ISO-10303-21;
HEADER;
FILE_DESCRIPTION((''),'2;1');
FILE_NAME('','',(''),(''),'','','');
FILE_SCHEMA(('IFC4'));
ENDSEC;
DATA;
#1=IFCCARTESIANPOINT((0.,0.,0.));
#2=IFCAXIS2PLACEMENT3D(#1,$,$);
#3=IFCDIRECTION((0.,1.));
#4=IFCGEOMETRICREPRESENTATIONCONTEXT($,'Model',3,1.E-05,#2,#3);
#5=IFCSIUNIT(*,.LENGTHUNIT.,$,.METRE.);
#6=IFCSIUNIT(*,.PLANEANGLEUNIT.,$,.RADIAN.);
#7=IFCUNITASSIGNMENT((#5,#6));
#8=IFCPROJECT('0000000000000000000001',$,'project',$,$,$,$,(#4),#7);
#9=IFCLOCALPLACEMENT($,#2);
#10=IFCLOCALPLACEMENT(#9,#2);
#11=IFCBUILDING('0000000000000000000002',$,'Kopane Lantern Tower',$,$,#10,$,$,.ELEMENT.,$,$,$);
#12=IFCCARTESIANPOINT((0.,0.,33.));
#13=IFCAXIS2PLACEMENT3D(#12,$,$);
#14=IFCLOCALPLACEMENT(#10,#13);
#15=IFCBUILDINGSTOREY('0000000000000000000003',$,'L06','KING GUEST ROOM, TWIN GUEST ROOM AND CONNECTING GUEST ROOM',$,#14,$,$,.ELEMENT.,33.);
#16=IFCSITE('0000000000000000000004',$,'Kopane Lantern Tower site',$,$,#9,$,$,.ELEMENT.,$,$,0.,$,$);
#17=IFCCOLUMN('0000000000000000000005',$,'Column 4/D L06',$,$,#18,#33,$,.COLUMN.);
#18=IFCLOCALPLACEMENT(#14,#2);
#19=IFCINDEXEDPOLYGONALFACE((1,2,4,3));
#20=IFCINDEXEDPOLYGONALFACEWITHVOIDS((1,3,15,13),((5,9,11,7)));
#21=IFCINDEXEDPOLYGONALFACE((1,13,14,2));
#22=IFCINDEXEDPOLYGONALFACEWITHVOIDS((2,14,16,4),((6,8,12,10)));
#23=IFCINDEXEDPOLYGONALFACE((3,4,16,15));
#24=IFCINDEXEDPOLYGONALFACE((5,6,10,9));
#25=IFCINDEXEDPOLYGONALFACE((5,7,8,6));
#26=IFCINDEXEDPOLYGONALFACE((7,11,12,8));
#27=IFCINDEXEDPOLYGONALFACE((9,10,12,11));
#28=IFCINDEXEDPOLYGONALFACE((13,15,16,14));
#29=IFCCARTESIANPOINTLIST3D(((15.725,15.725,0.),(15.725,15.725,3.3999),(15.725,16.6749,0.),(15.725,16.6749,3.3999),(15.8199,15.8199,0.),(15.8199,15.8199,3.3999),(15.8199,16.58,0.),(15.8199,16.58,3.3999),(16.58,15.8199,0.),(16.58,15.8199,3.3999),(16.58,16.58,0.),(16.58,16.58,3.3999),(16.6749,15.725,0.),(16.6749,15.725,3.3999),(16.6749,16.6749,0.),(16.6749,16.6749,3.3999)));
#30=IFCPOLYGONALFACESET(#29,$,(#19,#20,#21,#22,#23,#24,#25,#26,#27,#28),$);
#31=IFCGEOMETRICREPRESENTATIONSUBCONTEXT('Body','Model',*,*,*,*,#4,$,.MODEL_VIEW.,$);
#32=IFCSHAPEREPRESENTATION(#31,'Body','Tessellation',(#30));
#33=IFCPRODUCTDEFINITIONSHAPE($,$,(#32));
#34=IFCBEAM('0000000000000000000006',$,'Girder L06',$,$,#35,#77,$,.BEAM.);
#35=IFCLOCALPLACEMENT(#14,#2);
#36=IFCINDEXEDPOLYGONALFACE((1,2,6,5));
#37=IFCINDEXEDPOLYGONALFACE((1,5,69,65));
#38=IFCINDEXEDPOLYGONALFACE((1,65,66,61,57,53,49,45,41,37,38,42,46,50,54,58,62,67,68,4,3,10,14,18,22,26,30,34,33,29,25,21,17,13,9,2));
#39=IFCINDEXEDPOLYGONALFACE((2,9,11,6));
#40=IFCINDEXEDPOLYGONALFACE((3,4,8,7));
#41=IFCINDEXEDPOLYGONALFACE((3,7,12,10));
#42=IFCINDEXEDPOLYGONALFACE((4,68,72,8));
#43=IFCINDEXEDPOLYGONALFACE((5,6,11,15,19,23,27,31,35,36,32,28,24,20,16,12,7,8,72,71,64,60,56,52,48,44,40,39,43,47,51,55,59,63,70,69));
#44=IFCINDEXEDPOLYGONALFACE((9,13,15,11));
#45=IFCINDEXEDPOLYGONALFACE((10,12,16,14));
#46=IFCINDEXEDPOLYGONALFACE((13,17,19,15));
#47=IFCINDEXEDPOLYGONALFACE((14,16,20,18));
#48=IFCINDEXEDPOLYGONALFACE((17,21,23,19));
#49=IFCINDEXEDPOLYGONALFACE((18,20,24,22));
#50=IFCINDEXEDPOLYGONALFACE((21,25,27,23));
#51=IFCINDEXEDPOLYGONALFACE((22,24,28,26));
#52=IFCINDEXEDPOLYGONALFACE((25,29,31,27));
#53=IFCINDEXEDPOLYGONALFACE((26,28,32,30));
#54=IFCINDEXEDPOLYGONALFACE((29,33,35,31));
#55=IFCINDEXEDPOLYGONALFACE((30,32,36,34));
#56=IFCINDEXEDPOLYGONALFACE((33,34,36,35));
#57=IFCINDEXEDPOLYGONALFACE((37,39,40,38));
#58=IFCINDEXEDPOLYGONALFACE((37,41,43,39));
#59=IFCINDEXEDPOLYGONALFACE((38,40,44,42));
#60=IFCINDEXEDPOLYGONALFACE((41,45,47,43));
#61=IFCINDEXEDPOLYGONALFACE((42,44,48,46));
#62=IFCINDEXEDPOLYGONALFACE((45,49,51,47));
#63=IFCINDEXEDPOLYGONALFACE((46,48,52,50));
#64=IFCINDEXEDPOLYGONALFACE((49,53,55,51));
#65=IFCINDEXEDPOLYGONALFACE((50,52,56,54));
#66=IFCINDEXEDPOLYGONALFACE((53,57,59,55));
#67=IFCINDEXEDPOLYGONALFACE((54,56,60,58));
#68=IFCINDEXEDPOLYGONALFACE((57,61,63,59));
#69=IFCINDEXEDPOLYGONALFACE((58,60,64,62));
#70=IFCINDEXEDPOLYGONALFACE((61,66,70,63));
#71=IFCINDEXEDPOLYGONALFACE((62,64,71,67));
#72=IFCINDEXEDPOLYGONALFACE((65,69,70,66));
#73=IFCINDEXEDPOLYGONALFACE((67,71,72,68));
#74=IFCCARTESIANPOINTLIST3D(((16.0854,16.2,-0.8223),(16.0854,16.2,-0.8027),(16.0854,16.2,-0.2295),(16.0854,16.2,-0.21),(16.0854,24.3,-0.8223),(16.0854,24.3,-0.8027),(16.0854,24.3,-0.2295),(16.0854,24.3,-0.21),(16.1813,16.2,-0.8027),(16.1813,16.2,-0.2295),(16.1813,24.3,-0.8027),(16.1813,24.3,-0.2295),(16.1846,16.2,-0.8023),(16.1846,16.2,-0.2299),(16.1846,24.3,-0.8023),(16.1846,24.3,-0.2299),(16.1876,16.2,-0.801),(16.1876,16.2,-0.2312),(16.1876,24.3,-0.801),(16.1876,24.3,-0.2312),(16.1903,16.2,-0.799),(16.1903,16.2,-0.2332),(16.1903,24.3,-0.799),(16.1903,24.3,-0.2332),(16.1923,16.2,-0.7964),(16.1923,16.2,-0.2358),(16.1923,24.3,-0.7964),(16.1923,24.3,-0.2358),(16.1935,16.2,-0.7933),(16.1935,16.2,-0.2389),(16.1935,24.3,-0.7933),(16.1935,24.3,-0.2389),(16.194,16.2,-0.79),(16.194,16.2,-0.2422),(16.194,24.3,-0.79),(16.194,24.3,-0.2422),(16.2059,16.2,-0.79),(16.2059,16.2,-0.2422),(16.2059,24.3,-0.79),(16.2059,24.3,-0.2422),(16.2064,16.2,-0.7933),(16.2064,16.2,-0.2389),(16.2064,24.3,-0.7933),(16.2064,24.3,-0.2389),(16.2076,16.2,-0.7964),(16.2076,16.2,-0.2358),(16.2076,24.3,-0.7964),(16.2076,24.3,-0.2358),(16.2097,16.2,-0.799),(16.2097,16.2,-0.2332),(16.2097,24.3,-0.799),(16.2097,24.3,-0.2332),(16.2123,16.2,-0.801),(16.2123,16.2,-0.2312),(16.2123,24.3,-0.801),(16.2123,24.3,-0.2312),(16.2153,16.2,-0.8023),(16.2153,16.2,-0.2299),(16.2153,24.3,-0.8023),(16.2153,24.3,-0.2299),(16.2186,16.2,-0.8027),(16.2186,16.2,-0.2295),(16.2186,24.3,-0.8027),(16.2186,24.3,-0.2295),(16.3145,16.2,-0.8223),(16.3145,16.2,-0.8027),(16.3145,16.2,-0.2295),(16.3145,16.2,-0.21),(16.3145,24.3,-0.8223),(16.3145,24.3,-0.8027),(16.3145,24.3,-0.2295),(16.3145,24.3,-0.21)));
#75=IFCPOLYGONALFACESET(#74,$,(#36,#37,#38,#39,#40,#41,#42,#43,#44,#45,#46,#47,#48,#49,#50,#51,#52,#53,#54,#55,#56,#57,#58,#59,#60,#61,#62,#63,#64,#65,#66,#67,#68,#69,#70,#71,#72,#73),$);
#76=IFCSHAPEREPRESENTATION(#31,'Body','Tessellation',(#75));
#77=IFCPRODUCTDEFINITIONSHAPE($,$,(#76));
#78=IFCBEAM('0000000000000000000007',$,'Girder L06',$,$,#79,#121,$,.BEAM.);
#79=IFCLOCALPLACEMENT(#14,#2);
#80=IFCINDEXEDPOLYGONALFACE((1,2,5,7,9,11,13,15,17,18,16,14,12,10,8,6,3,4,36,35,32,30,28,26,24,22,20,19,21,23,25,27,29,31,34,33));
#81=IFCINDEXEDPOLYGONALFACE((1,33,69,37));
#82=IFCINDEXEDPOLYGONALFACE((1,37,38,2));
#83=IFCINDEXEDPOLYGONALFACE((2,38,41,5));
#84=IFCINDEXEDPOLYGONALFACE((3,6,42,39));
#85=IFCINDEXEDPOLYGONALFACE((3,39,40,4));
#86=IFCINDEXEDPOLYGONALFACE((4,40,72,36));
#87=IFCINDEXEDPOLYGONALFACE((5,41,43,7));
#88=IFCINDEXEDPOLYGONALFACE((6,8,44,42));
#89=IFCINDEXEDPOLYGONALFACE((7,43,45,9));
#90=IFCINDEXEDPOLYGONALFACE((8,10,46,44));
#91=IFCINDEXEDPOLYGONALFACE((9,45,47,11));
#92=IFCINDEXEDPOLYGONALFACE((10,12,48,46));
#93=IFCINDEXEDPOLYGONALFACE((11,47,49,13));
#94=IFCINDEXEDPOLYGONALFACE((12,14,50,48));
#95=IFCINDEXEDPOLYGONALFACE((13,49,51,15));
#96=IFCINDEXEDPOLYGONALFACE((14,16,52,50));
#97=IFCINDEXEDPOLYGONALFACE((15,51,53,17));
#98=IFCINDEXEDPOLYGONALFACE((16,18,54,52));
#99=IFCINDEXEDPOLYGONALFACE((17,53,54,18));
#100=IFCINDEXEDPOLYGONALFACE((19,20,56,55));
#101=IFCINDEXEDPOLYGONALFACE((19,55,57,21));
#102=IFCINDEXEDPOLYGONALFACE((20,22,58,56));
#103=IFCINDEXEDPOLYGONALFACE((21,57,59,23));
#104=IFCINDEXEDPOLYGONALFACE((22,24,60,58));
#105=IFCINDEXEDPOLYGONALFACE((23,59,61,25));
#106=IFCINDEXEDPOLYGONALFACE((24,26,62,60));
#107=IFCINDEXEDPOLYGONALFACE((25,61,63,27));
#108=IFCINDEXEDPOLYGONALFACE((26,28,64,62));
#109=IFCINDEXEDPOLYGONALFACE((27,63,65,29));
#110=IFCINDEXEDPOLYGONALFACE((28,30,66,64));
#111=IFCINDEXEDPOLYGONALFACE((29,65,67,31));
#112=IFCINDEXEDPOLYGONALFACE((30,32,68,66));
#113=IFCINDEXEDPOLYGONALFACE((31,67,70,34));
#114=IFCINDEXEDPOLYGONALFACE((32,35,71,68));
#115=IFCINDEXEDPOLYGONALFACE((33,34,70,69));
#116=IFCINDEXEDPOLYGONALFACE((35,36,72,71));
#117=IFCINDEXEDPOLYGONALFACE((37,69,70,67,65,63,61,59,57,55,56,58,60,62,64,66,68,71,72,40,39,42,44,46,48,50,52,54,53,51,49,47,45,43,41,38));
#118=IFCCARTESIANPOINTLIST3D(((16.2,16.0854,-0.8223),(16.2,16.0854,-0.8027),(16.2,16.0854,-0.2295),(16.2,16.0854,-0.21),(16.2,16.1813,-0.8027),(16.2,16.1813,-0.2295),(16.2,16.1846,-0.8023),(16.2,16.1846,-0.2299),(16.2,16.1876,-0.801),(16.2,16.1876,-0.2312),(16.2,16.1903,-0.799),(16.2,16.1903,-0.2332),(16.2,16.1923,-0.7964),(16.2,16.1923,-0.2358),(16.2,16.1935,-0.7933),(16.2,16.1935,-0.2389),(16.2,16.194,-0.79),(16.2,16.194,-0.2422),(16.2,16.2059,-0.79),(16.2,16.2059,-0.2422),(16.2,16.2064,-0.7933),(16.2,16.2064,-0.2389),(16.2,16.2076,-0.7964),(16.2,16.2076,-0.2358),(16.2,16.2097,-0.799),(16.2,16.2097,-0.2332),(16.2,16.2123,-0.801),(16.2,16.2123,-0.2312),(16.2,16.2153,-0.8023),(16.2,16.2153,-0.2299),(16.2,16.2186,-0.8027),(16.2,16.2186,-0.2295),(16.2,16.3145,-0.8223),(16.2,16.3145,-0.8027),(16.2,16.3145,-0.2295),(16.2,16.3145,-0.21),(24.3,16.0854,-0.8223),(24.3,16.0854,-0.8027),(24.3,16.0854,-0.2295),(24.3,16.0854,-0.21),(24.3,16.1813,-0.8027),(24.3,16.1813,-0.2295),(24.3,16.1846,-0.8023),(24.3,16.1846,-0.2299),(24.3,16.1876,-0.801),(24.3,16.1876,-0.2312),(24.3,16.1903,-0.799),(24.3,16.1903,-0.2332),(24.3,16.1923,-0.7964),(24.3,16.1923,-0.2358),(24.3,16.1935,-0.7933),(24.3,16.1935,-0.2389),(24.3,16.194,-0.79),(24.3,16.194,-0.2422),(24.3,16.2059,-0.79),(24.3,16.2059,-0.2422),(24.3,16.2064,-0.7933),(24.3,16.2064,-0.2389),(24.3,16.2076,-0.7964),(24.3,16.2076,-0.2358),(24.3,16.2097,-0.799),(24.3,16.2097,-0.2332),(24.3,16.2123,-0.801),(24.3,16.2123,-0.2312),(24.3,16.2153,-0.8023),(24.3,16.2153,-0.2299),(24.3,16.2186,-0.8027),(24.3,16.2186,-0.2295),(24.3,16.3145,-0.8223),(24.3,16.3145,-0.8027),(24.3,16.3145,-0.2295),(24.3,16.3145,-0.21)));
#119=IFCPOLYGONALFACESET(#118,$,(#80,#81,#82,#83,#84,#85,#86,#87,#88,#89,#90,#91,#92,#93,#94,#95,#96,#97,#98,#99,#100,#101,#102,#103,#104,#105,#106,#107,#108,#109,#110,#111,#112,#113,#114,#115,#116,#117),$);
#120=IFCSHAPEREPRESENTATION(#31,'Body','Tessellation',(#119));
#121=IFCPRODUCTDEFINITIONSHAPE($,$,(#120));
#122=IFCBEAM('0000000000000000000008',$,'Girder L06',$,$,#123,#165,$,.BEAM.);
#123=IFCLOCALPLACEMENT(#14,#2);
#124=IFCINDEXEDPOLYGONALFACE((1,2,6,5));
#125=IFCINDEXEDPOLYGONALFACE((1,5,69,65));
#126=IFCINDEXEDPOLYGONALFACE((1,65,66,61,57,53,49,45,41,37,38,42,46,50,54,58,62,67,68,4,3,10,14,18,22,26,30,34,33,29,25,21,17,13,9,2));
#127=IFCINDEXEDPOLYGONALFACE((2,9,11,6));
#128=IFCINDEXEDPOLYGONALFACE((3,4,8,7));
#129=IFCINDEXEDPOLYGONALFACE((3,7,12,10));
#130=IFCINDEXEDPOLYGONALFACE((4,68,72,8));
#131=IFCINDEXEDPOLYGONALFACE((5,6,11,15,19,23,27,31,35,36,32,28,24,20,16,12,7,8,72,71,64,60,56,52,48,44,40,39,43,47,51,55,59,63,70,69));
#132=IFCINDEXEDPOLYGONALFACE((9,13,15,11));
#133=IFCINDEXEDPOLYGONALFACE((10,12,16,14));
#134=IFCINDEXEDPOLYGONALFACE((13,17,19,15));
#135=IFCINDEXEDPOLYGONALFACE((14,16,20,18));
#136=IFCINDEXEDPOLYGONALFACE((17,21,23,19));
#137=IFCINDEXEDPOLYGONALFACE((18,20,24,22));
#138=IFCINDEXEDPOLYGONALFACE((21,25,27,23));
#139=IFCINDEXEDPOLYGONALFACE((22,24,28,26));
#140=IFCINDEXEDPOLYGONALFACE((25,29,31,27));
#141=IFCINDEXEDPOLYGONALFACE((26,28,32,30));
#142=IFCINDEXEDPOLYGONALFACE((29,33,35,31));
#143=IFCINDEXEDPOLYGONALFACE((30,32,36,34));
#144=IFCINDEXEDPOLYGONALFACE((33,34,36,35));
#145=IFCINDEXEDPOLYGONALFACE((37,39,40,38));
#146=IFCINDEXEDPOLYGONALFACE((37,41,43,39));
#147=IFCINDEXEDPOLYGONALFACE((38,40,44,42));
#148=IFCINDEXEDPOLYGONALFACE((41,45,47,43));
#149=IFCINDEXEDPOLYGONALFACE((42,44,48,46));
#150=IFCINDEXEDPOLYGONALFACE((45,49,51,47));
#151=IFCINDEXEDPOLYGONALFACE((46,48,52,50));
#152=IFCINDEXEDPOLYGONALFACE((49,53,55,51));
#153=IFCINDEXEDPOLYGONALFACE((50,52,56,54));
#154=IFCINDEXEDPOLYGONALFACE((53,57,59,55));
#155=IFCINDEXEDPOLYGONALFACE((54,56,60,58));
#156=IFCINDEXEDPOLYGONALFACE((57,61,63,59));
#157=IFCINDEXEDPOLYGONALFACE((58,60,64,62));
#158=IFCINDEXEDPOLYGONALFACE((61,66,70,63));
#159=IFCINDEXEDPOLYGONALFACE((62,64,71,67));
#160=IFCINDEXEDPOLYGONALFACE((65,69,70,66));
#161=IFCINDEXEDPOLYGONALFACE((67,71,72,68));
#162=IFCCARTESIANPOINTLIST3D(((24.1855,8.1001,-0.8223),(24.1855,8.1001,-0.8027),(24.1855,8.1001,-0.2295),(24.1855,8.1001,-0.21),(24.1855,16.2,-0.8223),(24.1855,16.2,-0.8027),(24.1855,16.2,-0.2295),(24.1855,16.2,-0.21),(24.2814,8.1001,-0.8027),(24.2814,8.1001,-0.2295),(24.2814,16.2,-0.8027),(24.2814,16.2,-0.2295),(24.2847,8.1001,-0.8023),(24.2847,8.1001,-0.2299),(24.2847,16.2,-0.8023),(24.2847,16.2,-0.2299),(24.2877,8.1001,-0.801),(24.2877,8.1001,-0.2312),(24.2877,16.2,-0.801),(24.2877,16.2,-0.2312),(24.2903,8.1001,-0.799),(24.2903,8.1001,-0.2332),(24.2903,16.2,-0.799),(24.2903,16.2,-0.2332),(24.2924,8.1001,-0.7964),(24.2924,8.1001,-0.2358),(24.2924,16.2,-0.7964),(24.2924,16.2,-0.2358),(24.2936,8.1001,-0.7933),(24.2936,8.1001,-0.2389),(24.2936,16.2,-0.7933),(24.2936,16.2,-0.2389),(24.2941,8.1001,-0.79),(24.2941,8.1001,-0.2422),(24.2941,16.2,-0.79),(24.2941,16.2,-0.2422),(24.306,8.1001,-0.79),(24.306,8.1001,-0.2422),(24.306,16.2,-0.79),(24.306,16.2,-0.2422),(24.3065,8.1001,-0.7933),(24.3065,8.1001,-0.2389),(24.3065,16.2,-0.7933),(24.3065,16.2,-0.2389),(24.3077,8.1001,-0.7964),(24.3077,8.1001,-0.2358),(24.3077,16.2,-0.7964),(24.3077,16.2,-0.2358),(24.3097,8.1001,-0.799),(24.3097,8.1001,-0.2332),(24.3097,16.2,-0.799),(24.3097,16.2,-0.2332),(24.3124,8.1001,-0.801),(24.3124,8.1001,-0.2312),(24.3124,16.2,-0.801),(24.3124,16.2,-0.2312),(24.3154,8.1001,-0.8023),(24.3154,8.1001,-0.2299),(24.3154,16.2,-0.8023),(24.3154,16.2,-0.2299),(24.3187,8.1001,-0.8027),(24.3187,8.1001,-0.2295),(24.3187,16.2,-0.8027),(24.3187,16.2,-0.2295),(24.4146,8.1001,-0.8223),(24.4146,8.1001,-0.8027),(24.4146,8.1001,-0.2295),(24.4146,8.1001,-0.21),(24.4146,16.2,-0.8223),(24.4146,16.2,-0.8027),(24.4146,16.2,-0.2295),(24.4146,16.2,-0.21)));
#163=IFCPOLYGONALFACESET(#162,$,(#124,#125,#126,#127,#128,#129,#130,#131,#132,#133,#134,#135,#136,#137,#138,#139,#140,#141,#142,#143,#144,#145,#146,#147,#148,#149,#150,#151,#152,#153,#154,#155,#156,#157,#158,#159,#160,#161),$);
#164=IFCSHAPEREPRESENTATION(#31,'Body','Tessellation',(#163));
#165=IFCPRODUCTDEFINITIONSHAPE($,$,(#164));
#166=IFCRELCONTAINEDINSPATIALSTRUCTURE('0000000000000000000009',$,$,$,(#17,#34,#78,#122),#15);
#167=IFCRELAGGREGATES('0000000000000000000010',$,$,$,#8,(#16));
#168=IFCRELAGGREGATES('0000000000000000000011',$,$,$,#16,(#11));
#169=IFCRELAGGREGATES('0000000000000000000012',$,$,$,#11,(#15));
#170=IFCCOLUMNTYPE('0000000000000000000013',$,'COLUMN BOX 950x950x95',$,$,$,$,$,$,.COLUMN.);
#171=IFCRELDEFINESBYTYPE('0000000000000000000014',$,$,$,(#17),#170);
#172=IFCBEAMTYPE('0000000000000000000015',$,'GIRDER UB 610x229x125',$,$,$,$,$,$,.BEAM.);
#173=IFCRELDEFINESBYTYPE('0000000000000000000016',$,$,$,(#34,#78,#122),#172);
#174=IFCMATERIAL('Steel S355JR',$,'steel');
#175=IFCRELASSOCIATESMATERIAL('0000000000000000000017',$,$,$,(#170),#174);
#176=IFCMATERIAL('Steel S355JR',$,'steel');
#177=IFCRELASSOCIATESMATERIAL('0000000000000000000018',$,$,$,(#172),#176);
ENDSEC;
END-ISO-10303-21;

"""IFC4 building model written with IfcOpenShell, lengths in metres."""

from ifc_helpers import new_model, si_unit, direction, frame, origin, origin_2d, place, context, subcontext, project, spatial, hollow_rectangle, i_section, extrude, material, material_profile, profile_set, type_object, element, save


model = new_model("IFC4")

# Units and contexts
model_context = context("Model", 3, precision=1e-05, world=origin(), true_north=direction((0.0, 1.0)))
body_context = subcontext(model_context, "Body", "Model", "MODEL_VIEW")
ifc_project = project(units=[si_unit("LENGTHUNIT", "METRE"), si_unit("PLANEANGLEUNIT", "RADIAN")], contexts=[model_context])

# Site, building, storey
site_placement = place(None, origin())
site = spatial("IfcSite", under=ifc_project, at=site_placement, Name="Kopane Lantern Tower site", CompositionType="ELEMENT", RefElevation=0.0)
building_placement = place(site_placement, origin())
building = spatial("IfcBuilding", under=site, at=building_placement, Name="Kopane Lantern Tower", CompositionType="ELEMENT")
storey_placement = place(building_placement, frame((0.0, 0.0, 33.0)))
storey = spatial("IfcBuildingStorey", under=building, at=storey_placement, Name="L06", Description="KING GUEST ROOM, TWIN GUEST ROOM AND CONNECTING GUEST ROOM", CompositionType="ELEMENT", Elevation=33.0)

# Column
ifc_material_1 = material(Name="Steel S355JR", Category="steel")
ifc_material_profile_1 = material_profile(ifc_material_1, hollow_rectangle(XDim=0.95, YDim=0.95, WallThickness=0.095, at=origin_2d()), Name="BOX 950x950x95")
ifc_profile_set_1 = profile_set([ifc_material_profile_1], Name="Steel S355JR")
column_type = type_object("IfcColumnType", Name="COLUMN BOX 950x950x95", PredefinedType="COLUMN", material=ifc_profile_set_1)
column_placement = place(storey_placement, frame((16.2, 16.2, 0.0), z_axis=(0.0, 0.0, 1.0), x_axis=(1.0, 0.0, 0.0)))
element("IfcColumn", 1, at=column_placement, inside=storey, type_object=column_type, Name="Column 4/D L06", PredefinedType="COLUMN", context=body_context, shape_type="SweptSolid", body=[
    extrude(hollow_rectangle(XDim=0.95, YDim=0.95, WallThickness=0.095, at=origin_2d()), origin(), (0.0, 0.0, 1.0), 3.3999),
])

# Beams
ifc_material_2 = material(Name="Steel S355JR", Category="steel")
ifc_material_profile_2 = material_profile(ifc_material_2, i_section(OverallWidth=0.229, OverallDepth=0.6123, WebThickness=0.012, FlangeThickness=0.0195, FilletRadius=0.0127, at=origin_2d()), Name="UB 610x229x125")
ifc_profile_set_2 = profile_set([ifc_material_profile_2], Name="Steel S355JR")
beam_type = type_object("IfcBeamType", Name="GIRDER UB 610x229x125", PredefinedType="BEAM", material=ifc_profile_set_2)
for number, where, z_axis, x_axis, name in (
    (2, (16.2, 16.2, -0.5161), (0.0, 1.0, 0.0), (-1.0, 0.0, 0.0), "Girder L06"),
    (3, (16.2, 16.2, -0.5161), (1.0, 0.0, 0.0), (0.0, 1.0, 0.0), "Girder L06"),
):
    element("IfcBeam", number, at=place(storey_placement, frame(where, z_axis=z_axis, x_axis=x_axis)), inside=storey, type_object=beam_type, Name=name, PredefinedType="BEAM", context=body_context, shape_type="SweptSolid", body=[
        extrude(i_section(OverallWidth=0.229, OverallDepth=0.6123, WebThickness=0.012, FlangeThickness=0.0195, FilletRadius=0.0127, at=origin_2d()), origin(), (0.0, 0.0, 1.0), 8.1001),
    ])
for number, where, z_axis, x_axis, name in (
    (4, (24.3, 8.1001, -0.5161), (0.0, 1.0, 0.0), (-1.0, 0.0, 0.0), "Girder L06"),
):
    element("IfcBeam", number, at=place(storey_placement, frame(where, z_axis=z_axis, x_axis=x_axis)), inside=storey, type_object=beam_type, Name=name, PredefinedType="BEAM", context=body_context, shape_type="SweptSolid", body=[
        extrude(i_section(OverallWidth=0.229, OverallDepth=0.6123, WebThickness=0.012, FlangeThickness=0.0195, FilletRadius=0.0127, at=origin_2d()), origin(), (0.0, 0.0, 1.0), 8.0999),
    ])

save(model, "model.ifc")
